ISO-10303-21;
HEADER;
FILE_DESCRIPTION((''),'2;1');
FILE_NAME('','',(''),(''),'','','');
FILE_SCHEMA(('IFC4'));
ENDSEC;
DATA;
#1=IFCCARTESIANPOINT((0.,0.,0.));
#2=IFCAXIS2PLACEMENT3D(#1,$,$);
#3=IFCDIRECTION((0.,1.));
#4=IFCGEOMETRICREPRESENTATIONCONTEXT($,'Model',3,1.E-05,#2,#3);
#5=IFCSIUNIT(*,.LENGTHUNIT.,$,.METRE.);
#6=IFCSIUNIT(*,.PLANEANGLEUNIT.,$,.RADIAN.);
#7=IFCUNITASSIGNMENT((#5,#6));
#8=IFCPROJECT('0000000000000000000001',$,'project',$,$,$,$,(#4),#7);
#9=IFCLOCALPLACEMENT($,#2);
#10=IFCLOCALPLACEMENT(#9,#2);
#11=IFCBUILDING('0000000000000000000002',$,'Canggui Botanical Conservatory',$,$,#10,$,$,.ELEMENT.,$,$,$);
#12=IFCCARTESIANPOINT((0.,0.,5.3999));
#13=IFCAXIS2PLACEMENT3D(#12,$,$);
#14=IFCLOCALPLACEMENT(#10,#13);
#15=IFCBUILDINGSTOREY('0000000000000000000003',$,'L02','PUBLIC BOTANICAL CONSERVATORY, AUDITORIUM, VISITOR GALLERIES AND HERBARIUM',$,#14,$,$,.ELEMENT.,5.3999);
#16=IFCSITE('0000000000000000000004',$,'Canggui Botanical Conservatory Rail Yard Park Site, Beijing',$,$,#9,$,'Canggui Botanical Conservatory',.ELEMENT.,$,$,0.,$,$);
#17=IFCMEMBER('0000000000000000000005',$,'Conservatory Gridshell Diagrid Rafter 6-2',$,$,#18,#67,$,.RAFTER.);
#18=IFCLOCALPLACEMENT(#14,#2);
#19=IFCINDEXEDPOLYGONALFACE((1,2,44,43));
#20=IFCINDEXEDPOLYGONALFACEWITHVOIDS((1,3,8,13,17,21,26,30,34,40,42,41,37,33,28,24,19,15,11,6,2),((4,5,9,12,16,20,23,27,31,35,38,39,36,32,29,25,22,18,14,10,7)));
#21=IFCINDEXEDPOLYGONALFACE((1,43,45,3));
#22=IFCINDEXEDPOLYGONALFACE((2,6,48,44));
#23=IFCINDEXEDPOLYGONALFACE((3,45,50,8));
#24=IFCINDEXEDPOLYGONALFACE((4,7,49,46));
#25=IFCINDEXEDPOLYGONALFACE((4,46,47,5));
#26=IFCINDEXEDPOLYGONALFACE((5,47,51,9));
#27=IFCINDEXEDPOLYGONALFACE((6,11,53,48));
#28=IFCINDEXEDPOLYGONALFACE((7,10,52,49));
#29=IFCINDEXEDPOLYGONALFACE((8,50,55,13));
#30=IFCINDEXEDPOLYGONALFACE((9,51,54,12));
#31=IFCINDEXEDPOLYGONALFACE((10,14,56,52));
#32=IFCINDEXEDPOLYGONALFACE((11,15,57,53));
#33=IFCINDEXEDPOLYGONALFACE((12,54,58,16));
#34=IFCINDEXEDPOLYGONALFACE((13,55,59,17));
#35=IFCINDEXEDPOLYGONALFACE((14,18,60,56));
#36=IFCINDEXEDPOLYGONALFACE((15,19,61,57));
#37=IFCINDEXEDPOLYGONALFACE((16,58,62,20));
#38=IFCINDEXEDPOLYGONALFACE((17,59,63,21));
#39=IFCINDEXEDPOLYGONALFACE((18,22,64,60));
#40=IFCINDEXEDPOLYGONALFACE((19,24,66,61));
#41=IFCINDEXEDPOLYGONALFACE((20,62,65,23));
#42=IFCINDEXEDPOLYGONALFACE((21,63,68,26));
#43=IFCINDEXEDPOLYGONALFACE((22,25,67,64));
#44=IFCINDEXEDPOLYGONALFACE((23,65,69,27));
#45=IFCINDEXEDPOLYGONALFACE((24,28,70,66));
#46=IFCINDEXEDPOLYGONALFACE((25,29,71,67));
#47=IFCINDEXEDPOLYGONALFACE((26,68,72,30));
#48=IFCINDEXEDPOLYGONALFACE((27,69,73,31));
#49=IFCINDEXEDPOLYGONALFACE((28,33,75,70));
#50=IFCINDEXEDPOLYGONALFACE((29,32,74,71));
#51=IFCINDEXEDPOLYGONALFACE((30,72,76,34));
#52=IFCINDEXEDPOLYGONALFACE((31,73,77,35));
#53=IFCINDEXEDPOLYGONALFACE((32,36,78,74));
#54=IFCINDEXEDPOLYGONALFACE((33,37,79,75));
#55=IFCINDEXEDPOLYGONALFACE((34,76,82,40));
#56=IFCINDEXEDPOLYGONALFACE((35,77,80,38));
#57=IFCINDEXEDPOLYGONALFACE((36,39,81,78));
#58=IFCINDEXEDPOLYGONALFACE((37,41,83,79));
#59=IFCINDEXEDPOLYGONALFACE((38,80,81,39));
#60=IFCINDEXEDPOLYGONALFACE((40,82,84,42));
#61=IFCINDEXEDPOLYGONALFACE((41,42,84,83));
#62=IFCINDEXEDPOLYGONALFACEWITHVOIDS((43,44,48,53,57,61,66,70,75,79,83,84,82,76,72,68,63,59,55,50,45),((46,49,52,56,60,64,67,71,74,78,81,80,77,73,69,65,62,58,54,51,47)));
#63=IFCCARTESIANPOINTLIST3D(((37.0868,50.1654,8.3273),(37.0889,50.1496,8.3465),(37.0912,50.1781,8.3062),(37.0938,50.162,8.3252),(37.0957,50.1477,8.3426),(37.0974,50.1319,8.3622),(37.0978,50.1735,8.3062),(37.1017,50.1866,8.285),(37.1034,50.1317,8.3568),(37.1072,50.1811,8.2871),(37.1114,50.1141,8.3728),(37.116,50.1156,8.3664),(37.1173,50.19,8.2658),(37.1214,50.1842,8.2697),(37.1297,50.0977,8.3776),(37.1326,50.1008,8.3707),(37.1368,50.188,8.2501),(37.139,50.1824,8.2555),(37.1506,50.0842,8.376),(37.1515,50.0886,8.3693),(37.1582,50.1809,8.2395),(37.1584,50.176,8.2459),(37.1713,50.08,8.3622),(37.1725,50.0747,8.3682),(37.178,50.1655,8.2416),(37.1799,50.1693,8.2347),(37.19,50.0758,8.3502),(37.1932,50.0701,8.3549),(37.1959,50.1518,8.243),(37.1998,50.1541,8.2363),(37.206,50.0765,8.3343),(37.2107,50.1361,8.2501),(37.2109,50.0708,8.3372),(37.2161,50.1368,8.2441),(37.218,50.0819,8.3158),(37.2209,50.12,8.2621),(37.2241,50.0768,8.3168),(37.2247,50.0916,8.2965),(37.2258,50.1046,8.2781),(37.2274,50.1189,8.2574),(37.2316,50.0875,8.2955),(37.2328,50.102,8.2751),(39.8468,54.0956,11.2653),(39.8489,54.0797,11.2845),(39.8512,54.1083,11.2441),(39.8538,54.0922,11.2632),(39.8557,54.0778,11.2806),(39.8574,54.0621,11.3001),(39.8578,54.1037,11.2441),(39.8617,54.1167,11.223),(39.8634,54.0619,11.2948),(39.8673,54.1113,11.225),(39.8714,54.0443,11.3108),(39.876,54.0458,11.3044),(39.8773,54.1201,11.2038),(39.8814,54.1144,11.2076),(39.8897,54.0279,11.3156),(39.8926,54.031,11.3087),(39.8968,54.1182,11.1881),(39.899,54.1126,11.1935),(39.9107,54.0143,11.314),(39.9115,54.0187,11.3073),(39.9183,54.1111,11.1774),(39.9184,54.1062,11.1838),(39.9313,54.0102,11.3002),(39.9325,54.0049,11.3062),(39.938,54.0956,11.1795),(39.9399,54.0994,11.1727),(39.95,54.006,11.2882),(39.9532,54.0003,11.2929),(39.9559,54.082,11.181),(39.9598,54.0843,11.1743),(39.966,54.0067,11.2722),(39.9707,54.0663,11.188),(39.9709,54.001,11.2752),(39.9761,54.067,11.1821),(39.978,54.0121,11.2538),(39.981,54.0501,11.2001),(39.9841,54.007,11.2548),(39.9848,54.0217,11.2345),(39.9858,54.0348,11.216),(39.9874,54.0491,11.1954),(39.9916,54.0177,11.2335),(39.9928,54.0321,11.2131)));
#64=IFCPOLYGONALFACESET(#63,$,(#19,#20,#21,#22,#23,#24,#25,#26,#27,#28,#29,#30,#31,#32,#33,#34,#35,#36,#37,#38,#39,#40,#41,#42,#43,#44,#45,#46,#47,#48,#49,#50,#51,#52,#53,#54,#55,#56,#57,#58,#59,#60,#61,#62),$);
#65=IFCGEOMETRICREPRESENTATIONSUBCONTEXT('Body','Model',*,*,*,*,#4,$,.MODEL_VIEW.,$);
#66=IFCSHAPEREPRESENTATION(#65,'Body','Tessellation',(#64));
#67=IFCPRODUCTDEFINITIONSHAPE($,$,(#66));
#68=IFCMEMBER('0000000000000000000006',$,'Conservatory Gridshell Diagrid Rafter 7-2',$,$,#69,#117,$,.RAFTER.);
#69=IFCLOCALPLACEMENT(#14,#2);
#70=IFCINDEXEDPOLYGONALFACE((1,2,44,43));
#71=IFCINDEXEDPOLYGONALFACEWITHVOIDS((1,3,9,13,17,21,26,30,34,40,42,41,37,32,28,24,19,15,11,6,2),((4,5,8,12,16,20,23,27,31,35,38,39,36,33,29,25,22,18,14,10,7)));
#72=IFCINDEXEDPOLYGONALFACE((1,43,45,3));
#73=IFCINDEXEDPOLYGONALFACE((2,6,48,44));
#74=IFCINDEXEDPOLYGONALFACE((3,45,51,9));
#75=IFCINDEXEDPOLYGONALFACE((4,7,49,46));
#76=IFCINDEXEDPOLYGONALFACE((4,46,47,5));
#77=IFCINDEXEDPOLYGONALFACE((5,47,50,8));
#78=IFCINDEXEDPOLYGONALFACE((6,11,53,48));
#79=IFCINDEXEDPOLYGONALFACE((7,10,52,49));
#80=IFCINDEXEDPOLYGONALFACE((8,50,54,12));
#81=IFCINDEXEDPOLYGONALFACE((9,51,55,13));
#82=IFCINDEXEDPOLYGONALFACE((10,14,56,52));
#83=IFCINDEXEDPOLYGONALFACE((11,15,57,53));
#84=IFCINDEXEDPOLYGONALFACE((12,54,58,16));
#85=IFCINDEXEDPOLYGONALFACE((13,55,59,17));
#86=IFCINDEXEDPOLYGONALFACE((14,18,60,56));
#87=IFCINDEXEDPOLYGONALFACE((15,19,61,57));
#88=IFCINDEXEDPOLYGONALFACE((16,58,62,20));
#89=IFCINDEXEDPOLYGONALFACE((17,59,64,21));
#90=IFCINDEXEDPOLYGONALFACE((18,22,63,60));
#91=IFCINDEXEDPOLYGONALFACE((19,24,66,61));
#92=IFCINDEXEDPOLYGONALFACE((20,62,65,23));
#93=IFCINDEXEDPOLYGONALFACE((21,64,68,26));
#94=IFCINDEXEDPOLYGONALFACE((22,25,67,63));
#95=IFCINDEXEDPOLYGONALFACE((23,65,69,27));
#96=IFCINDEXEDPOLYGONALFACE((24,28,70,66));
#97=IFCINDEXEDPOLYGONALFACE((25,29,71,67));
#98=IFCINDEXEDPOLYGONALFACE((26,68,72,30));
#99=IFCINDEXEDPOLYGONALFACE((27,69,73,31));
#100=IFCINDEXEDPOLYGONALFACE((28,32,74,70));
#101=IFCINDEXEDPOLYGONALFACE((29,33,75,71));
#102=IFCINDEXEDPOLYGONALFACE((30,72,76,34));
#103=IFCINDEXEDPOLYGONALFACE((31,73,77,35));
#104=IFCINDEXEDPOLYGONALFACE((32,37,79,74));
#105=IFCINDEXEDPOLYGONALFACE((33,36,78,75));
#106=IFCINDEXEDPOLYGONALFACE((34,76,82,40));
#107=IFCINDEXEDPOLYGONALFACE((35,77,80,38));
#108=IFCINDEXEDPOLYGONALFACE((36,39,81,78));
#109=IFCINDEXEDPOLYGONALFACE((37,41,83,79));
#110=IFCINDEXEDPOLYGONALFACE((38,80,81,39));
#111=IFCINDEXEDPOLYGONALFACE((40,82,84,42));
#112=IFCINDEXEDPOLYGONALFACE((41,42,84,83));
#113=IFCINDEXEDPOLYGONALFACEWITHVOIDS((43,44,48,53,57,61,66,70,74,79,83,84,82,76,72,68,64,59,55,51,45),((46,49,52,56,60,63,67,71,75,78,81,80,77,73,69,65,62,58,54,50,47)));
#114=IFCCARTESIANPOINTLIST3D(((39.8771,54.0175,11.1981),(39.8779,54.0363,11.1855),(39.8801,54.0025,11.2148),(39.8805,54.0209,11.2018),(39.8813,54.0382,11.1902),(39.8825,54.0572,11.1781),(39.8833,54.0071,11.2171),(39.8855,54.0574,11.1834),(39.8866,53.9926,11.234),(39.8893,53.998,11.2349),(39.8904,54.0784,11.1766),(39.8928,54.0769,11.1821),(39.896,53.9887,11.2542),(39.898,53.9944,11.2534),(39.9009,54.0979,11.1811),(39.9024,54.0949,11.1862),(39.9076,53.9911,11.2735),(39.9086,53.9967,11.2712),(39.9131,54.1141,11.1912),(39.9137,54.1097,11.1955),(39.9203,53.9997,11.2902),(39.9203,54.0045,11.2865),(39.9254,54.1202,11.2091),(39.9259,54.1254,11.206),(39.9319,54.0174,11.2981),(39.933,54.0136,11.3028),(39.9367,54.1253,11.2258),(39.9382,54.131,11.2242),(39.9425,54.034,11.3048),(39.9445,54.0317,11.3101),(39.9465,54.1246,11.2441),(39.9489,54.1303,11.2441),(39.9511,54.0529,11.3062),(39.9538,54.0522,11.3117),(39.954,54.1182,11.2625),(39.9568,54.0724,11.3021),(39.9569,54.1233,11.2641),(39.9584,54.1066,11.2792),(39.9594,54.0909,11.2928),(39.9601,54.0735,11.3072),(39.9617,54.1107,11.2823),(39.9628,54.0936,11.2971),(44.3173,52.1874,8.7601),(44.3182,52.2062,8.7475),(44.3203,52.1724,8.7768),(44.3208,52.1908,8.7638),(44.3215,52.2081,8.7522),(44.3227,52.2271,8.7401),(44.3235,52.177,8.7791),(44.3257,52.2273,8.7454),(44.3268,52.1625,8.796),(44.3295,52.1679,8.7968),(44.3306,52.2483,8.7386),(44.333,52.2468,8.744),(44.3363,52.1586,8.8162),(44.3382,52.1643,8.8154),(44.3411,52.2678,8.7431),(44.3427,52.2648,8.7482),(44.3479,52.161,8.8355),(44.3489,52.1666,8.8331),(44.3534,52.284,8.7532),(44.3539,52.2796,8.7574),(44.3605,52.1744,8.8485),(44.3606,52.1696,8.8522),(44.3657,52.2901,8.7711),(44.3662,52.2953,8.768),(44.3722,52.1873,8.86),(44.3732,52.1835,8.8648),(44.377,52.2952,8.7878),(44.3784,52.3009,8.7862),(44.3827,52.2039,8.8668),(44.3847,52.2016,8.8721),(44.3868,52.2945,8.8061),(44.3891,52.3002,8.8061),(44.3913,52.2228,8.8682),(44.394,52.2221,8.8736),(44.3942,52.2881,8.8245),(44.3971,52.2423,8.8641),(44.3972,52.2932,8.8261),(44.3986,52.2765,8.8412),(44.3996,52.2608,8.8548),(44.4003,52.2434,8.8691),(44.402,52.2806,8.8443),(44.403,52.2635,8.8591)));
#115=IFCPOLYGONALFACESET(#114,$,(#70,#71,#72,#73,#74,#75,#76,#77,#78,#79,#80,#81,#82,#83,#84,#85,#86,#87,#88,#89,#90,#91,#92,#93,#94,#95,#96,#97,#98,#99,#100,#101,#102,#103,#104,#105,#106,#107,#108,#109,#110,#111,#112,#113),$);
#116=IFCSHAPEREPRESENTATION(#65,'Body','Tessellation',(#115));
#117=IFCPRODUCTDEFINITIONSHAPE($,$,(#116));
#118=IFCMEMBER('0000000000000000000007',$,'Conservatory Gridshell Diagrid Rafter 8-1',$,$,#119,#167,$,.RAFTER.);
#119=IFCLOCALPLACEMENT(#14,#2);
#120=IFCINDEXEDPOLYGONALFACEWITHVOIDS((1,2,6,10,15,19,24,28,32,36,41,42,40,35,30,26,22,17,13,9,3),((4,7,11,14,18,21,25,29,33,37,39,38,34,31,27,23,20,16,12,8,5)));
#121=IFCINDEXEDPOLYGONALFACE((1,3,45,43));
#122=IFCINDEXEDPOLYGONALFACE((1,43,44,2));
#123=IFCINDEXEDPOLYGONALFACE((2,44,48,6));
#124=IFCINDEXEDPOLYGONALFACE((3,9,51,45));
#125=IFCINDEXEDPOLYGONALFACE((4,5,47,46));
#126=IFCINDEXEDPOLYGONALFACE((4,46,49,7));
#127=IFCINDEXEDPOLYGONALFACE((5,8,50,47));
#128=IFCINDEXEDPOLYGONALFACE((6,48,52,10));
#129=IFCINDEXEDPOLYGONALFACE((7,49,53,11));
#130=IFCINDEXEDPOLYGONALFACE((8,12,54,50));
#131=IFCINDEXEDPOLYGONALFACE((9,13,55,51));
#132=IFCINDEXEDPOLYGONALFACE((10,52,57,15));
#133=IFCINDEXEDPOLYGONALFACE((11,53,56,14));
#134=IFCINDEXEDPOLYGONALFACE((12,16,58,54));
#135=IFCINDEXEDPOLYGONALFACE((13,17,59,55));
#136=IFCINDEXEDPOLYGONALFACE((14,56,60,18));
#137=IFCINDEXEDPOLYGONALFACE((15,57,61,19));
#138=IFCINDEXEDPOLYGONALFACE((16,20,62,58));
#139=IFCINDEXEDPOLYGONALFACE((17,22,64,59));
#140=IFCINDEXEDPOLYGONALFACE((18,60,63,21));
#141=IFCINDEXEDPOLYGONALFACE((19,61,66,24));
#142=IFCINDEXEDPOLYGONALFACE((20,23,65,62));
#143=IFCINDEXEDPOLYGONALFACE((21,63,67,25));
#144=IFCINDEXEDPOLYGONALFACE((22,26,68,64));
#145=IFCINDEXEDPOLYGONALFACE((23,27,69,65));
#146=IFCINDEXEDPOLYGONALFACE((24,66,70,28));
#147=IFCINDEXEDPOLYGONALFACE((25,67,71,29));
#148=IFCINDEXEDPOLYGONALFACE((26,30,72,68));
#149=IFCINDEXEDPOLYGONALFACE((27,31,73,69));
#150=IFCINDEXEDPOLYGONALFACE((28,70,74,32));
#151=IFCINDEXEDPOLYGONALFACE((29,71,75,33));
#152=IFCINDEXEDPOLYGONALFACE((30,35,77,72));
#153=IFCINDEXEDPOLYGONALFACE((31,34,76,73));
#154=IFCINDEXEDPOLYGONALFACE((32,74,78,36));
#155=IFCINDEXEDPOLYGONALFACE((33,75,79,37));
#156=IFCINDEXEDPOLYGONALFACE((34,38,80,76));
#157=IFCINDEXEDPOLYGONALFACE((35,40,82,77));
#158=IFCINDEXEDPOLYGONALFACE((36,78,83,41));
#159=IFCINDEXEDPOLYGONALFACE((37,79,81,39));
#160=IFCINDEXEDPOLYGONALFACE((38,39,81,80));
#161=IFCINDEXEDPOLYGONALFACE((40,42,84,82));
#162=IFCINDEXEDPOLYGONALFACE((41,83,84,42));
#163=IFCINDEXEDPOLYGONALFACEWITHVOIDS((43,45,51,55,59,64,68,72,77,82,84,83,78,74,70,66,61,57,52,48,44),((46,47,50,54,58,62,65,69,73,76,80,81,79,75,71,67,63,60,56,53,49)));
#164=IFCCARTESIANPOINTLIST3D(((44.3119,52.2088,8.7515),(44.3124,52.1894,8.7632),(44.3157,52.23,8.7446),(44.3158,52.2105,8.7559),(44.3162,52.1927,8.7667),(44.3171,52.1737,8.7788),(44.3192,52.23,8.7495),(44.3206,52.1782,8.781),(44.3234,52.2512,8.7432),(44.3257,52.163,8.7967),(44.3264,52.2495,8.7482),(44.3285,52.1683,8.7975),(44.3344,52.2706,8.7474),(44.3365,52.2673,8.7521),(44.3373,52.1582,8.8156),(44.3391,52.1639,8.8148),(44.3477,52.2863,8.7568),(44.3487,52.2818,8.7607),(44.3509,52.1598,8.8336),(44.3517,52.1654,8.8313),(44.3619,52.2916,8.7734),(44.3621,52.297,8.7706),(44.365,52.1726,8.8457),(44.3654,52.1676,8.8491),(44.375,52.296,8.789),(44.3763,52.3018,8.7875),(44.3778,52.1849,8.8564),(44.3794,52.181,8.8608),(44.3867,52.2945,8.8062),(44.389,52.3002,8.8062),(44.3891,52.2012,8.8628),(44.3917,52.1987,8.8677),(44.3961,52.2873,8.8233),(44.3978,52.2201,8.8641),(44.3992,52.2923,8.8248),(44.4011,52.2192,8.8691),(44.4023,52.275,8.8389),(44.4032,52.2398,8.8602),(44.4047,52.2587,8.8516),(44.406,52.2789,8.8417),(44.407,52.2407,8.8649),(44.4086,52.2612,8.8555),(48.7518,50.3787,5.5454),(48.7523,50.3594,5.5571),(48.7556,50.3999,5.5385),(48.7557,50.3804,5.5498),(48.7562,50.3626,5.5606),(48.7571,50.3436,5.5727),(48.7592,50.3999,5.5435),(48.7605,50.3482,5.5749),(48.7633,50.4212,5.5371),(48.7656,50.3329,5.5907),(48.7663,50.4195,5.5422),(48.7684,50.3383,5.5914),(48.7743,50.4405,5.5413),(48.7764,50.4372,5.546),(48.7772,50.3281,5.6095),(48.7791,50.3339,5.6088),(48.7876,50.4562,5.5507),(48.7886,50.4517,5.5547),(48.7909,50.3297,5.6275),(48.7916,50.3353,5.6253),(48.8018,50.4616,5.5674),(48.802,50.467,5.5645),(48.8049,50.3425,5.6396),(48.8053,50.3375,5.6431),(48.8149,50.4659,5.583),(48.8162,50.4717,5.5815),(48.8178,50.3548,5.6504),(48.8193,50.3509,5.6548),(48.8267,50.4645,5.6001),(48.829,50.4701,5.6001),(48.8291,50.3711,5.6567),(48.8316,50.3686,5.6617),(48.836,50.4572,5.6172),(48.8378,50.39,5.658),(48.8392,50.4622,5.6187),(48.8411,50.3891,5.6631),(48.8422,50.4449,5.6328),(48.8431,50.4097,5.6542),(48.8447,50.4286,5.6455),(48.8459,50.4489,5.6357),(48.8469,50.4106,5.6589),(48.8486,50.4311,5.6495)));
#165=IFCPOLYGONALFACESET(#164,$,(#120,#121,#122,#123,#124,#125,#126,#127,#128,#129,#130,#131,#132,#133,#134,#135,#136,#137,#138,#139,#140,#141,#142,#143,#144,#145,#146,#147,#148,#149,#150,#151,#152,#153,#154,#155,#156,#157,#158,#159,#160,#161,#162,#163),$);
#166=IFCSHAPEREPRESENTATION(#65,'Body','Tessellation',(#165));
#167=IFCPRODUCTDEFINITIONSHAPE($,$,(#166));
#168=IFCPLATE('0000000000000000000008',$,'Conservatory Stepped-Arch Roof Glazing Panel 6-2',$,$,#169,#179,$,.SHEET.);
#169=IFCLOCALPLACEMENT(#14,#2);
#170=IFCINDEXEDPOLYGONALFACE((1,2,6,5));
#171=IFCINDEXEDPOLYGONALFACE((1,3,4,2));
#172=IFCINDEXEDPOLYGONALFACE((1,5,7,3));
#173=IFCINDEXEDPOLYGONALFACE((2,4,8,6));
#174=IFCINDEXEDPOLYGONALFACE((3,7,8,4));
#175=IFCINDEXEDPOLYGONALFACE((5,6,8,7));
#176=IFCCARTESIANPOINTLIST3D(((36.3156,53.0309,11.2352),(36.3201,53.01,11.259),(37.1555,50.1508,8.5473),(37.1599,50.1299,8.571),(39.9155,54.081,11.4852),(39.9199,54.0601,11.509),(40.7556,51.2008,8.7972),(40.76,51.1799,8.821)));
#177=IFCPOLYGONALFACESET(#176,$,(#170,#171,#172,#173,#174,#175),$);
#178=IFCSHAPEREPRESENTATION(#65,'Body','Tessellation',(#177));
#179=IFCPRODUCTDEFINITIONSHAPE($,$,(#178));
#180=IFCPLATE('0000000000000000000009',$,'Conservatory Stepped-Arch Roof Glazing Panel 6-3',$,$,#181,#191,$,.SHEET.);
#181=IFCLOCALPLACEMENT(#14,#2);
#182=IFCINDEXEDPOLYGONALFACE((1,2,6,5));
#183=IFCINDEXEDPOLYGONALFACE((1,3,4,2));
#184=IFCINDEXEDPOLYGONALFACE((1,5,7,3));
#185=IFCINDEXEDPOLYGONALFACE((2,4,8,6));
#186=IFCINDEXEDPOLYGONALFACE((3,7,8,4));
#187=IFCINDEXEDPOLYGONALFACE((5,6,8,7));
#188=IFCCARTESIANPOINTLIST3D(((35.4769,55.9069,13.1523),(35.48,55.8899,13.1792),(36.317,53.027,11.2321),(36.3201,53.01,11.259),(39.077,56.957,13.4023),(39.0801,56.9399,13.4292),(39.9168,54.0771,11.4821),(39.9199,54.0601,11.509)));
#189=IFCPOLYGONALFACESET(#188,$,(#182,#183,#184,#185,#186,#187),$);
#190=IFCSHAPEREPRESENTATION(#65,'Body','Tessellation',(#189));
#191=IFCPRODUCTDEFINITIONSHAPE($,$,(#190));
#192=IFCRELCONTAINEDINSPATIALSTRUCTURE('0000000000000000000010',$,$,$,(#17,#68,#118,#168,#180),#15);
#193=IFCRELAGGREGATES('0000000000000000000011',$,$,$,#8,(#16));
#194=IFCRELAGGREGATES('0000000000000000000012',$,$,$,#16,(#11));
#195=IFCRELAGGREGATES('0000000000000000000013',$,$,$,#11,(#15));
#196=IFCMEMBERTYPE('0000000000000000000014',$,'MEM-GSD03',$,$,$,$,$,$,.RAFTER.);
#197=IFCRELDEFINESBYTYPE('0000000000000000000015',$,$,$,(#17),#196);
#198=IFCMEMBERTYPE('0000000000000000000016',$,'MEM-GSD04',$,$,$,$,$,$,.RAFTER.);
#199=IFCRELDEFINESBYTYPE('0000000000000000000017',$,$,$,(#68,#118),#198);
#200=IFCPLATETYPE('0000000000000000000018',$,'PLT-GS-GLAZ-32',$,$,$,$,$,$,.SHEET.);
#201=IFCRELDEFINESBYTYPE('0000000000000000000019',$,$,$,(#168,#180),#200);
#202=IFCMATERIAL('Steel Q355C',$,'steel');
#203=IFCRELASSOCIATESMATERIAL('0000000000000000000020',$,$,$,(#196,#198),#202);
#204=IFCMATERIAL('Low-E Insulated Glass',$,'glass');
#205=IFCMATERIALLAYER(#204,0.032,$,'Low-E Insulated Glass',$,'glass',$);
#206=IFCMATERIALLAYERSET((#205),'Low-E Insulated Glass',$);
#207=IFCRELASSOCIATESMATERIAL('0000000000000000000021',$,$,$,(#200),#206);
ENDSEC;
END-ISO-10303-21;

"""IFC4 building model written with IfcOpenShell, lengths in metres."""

from ifc_helpers import new_model, si_unit, direction, frame, origin, origin_2d, place, context, subcontext, project, spatial, polyline, hollow_circle, outline, extrude, material, layer, layer_set, material_profile, profile_set, type_object, element, save


model = new_model("IFC4")

# Units and contexts
model_context = context("Model", 3, precision=1e-05, world=origin(), true_north=direction((0.0, 1.0)))
body_context = subcontext(model_context, "Body", "Model", "MODEL_VIEW")
ifc_project = project(units=[si_unit("LENGTHUNIT", "METRE"), si_unit("PLANEANGLEUNIT", "RADIAN")], contexts=[model_context])

# Site, building, storey
site_placement = place(None, origin())
site = spatial("IfcSite", under=ifc_project, at=site_placement, Name="Canggui Botanical Conservatory Rail Yard Park Site, Beijing", LongName="Canggui Botanical Conservatory", CompositionType="ELEMENT", RefElevation=0.0)
building_placement = place(site_placement, origin())
building = spatial("IfcBuilding", under=site, at=building_placement, Name="Canggui Botanical Conservatory", CompositionType="ELEMENT")
storey_placement = place(building_placement, frame((0.0, 0.0, 5.3999)))
storey = spatial("IfcBuildingStorey", under=building, at=storey_placement, Name="L02", Description="PUBLIC BOTANICAL CONSERVATORY, AUDITORIUM, VISITOR GALLERIES AND HERBARIUM", CompositionType="ELEMENT", Elevation=5.3999)

# Shared definitions
ifc_material_1 = material(Name="Steel Q355C", Category="steel")

# Members
ifc_material_profile_1 = material_profile(ifc_material_1, hollow_circle(Radius=0.084, WallThickness=0.0081, at=origin_2d()), Name="CHS 168x8")
ifc_profile_set_1 = profile_set([ifc_material_profile_1], Name="Steel Q355C")
member_type_1 = type_object("IfcMemberType", Name="MEM-GSD03", PredefinedType="RAFTER", material=ifc_profile_set_1)
member_1_placement = place(storey_placement, frame((37.1599, 50.1299, 8.3062), z_axis=(0.490242, 0.69809, 0.521855), x_axis=(-0.818362, 0.574704, 0.0)))
element("IfcMember", 1, at=member_1_placement, inside=storey, type_object=member_type_1, Name="Conservatory Gridshell Diagrid Rafter 6-2", PredefinedType="RAFTER", context=body_context, shape_type="SweptSolid", body=[
    extrude(hollow_circle(Radius=0.084, WallThickness=0.0081, at=origin_2d()), origin(), (0.0, 0.0, 1.0), 5.6299),
])
ifc_material_profile_2 = material_profile(ifc_material_1, hollow_circle(Radius=0.0759, WallThickness=0.0061, at=origin_2d()), Name="CHS 152x6")
ifc_profile_set_2 = profile_set([ifc_material_profile_2], Name="Steel Q355C")
member_type_2 = type_object("IfcMemberType", Name="MEM-GSD04", PredefinedType="RAFTER", material=ifc_profile_set_2)
member_2_placement = place(storey_placement, frame((39.9199, 54.0601, 11.2441), z_axis=(0.824405, -0.339789, -0.452659), x_axis=(0.381064, 0.924549, 0.0)))
element("IfcMember", 2, at=member_2_placement, inside=storey, type_object=member_type_2, Name="Conservatory Gridshell Diagrid Rafter 7-2", PredefinedType="RAFTER", context=body_context, shape_type="SweptSolid", body=[
    extrude(hollow_circle(Radius=0.0759, WallThickness=0.0061, at=origin_2d()), origin(), (0.0, 0.0, 1.0), 5.386),
])
member_3_placement = place(storey_placement, frame((44.3601, 52.23, 8.8062), z_axis=(0.768931, -0.316942, -0.555241), x_axis=(0.381082, 0.924541, 0.0)))
element("IfcMember", 3, at=member_3_placement, inside=storey, type_object=member_type_2, Name="Conservatory Gridshell Diagrid Rafter 8-1", PredefinedType="RAFTER", context=body_context, shape_type="SweptSolid", body=[
    extrude(hollow_circle(Radius=0.0759, WallThickness=0.0061, at=origin_2d()), origin(), (0.0, 0.0, 1.0), 5.7742),
])

# Plates
ifc_material_2 = material(Name="Low-E Insulated Glass", Category="glass")
ifc_layer = layer(ifc_material_2, 0.032, Name="Low-E Insulated Glass", Category="glass")
ifc_layer_set = layer_set([ifc_layer], Name="Low-E Insulated Glass")
plate_type = type_object("IfcPlateType", Name="PLT-GS-GLAZ-32", PredefinedType="SHEET", material=ifc_layer_set)
plate_1_placement = place(storey_placement, frame((37.1599, 50.1299, 8.571), z_axis=(0.139016, -0.653704, 0.743872), x_axis=(0.957872, 0.279388, 0.066514)))
element("IfcPlate", 4, at=plate_1_placement, inside=storey, type_object=plate_type, Name="Conservatory Stepped-Arch Roof Glazing Panel 6-2", PredefinedType="SHEET", context=body_context, shape_type="SweptSolid", body=[
    extrude(outline(polyline([(0.0, 0.0), (3.7584, 0.0), (3.9372, 4.0242), (0.179, 4.0241), (0.0, 0.0)])), origin(), (0.0, 0.0, -1.0), 0.032),
])
plate_2_placement = place(storey_placement, frame((36.3201, 53.01, 11.259), z_axis=(0.0969, -0.53242, 0.840916), x_axis=(0.957867, 0.279401, 0.066524)))
element("IfcPlate", 5, at=plate_2_placement, inside=storey, type_object=plate_type, Name="Conservatory Stepped-Arch Roof Glazing Panel 6-3", PredefinedType="SHEET", context=body_context, shape_type="SweptSolid", body=[
    extrude(outline(polyline([(0.0, 0.0), (3.7582, 0.0), (3.8861, 3.5595), (0.1277, 3.5595), (0.0, 0.0)])), origin(), (0.0, 0.0, -1.0), 0.032),
])

save(model, "model.ifc")
